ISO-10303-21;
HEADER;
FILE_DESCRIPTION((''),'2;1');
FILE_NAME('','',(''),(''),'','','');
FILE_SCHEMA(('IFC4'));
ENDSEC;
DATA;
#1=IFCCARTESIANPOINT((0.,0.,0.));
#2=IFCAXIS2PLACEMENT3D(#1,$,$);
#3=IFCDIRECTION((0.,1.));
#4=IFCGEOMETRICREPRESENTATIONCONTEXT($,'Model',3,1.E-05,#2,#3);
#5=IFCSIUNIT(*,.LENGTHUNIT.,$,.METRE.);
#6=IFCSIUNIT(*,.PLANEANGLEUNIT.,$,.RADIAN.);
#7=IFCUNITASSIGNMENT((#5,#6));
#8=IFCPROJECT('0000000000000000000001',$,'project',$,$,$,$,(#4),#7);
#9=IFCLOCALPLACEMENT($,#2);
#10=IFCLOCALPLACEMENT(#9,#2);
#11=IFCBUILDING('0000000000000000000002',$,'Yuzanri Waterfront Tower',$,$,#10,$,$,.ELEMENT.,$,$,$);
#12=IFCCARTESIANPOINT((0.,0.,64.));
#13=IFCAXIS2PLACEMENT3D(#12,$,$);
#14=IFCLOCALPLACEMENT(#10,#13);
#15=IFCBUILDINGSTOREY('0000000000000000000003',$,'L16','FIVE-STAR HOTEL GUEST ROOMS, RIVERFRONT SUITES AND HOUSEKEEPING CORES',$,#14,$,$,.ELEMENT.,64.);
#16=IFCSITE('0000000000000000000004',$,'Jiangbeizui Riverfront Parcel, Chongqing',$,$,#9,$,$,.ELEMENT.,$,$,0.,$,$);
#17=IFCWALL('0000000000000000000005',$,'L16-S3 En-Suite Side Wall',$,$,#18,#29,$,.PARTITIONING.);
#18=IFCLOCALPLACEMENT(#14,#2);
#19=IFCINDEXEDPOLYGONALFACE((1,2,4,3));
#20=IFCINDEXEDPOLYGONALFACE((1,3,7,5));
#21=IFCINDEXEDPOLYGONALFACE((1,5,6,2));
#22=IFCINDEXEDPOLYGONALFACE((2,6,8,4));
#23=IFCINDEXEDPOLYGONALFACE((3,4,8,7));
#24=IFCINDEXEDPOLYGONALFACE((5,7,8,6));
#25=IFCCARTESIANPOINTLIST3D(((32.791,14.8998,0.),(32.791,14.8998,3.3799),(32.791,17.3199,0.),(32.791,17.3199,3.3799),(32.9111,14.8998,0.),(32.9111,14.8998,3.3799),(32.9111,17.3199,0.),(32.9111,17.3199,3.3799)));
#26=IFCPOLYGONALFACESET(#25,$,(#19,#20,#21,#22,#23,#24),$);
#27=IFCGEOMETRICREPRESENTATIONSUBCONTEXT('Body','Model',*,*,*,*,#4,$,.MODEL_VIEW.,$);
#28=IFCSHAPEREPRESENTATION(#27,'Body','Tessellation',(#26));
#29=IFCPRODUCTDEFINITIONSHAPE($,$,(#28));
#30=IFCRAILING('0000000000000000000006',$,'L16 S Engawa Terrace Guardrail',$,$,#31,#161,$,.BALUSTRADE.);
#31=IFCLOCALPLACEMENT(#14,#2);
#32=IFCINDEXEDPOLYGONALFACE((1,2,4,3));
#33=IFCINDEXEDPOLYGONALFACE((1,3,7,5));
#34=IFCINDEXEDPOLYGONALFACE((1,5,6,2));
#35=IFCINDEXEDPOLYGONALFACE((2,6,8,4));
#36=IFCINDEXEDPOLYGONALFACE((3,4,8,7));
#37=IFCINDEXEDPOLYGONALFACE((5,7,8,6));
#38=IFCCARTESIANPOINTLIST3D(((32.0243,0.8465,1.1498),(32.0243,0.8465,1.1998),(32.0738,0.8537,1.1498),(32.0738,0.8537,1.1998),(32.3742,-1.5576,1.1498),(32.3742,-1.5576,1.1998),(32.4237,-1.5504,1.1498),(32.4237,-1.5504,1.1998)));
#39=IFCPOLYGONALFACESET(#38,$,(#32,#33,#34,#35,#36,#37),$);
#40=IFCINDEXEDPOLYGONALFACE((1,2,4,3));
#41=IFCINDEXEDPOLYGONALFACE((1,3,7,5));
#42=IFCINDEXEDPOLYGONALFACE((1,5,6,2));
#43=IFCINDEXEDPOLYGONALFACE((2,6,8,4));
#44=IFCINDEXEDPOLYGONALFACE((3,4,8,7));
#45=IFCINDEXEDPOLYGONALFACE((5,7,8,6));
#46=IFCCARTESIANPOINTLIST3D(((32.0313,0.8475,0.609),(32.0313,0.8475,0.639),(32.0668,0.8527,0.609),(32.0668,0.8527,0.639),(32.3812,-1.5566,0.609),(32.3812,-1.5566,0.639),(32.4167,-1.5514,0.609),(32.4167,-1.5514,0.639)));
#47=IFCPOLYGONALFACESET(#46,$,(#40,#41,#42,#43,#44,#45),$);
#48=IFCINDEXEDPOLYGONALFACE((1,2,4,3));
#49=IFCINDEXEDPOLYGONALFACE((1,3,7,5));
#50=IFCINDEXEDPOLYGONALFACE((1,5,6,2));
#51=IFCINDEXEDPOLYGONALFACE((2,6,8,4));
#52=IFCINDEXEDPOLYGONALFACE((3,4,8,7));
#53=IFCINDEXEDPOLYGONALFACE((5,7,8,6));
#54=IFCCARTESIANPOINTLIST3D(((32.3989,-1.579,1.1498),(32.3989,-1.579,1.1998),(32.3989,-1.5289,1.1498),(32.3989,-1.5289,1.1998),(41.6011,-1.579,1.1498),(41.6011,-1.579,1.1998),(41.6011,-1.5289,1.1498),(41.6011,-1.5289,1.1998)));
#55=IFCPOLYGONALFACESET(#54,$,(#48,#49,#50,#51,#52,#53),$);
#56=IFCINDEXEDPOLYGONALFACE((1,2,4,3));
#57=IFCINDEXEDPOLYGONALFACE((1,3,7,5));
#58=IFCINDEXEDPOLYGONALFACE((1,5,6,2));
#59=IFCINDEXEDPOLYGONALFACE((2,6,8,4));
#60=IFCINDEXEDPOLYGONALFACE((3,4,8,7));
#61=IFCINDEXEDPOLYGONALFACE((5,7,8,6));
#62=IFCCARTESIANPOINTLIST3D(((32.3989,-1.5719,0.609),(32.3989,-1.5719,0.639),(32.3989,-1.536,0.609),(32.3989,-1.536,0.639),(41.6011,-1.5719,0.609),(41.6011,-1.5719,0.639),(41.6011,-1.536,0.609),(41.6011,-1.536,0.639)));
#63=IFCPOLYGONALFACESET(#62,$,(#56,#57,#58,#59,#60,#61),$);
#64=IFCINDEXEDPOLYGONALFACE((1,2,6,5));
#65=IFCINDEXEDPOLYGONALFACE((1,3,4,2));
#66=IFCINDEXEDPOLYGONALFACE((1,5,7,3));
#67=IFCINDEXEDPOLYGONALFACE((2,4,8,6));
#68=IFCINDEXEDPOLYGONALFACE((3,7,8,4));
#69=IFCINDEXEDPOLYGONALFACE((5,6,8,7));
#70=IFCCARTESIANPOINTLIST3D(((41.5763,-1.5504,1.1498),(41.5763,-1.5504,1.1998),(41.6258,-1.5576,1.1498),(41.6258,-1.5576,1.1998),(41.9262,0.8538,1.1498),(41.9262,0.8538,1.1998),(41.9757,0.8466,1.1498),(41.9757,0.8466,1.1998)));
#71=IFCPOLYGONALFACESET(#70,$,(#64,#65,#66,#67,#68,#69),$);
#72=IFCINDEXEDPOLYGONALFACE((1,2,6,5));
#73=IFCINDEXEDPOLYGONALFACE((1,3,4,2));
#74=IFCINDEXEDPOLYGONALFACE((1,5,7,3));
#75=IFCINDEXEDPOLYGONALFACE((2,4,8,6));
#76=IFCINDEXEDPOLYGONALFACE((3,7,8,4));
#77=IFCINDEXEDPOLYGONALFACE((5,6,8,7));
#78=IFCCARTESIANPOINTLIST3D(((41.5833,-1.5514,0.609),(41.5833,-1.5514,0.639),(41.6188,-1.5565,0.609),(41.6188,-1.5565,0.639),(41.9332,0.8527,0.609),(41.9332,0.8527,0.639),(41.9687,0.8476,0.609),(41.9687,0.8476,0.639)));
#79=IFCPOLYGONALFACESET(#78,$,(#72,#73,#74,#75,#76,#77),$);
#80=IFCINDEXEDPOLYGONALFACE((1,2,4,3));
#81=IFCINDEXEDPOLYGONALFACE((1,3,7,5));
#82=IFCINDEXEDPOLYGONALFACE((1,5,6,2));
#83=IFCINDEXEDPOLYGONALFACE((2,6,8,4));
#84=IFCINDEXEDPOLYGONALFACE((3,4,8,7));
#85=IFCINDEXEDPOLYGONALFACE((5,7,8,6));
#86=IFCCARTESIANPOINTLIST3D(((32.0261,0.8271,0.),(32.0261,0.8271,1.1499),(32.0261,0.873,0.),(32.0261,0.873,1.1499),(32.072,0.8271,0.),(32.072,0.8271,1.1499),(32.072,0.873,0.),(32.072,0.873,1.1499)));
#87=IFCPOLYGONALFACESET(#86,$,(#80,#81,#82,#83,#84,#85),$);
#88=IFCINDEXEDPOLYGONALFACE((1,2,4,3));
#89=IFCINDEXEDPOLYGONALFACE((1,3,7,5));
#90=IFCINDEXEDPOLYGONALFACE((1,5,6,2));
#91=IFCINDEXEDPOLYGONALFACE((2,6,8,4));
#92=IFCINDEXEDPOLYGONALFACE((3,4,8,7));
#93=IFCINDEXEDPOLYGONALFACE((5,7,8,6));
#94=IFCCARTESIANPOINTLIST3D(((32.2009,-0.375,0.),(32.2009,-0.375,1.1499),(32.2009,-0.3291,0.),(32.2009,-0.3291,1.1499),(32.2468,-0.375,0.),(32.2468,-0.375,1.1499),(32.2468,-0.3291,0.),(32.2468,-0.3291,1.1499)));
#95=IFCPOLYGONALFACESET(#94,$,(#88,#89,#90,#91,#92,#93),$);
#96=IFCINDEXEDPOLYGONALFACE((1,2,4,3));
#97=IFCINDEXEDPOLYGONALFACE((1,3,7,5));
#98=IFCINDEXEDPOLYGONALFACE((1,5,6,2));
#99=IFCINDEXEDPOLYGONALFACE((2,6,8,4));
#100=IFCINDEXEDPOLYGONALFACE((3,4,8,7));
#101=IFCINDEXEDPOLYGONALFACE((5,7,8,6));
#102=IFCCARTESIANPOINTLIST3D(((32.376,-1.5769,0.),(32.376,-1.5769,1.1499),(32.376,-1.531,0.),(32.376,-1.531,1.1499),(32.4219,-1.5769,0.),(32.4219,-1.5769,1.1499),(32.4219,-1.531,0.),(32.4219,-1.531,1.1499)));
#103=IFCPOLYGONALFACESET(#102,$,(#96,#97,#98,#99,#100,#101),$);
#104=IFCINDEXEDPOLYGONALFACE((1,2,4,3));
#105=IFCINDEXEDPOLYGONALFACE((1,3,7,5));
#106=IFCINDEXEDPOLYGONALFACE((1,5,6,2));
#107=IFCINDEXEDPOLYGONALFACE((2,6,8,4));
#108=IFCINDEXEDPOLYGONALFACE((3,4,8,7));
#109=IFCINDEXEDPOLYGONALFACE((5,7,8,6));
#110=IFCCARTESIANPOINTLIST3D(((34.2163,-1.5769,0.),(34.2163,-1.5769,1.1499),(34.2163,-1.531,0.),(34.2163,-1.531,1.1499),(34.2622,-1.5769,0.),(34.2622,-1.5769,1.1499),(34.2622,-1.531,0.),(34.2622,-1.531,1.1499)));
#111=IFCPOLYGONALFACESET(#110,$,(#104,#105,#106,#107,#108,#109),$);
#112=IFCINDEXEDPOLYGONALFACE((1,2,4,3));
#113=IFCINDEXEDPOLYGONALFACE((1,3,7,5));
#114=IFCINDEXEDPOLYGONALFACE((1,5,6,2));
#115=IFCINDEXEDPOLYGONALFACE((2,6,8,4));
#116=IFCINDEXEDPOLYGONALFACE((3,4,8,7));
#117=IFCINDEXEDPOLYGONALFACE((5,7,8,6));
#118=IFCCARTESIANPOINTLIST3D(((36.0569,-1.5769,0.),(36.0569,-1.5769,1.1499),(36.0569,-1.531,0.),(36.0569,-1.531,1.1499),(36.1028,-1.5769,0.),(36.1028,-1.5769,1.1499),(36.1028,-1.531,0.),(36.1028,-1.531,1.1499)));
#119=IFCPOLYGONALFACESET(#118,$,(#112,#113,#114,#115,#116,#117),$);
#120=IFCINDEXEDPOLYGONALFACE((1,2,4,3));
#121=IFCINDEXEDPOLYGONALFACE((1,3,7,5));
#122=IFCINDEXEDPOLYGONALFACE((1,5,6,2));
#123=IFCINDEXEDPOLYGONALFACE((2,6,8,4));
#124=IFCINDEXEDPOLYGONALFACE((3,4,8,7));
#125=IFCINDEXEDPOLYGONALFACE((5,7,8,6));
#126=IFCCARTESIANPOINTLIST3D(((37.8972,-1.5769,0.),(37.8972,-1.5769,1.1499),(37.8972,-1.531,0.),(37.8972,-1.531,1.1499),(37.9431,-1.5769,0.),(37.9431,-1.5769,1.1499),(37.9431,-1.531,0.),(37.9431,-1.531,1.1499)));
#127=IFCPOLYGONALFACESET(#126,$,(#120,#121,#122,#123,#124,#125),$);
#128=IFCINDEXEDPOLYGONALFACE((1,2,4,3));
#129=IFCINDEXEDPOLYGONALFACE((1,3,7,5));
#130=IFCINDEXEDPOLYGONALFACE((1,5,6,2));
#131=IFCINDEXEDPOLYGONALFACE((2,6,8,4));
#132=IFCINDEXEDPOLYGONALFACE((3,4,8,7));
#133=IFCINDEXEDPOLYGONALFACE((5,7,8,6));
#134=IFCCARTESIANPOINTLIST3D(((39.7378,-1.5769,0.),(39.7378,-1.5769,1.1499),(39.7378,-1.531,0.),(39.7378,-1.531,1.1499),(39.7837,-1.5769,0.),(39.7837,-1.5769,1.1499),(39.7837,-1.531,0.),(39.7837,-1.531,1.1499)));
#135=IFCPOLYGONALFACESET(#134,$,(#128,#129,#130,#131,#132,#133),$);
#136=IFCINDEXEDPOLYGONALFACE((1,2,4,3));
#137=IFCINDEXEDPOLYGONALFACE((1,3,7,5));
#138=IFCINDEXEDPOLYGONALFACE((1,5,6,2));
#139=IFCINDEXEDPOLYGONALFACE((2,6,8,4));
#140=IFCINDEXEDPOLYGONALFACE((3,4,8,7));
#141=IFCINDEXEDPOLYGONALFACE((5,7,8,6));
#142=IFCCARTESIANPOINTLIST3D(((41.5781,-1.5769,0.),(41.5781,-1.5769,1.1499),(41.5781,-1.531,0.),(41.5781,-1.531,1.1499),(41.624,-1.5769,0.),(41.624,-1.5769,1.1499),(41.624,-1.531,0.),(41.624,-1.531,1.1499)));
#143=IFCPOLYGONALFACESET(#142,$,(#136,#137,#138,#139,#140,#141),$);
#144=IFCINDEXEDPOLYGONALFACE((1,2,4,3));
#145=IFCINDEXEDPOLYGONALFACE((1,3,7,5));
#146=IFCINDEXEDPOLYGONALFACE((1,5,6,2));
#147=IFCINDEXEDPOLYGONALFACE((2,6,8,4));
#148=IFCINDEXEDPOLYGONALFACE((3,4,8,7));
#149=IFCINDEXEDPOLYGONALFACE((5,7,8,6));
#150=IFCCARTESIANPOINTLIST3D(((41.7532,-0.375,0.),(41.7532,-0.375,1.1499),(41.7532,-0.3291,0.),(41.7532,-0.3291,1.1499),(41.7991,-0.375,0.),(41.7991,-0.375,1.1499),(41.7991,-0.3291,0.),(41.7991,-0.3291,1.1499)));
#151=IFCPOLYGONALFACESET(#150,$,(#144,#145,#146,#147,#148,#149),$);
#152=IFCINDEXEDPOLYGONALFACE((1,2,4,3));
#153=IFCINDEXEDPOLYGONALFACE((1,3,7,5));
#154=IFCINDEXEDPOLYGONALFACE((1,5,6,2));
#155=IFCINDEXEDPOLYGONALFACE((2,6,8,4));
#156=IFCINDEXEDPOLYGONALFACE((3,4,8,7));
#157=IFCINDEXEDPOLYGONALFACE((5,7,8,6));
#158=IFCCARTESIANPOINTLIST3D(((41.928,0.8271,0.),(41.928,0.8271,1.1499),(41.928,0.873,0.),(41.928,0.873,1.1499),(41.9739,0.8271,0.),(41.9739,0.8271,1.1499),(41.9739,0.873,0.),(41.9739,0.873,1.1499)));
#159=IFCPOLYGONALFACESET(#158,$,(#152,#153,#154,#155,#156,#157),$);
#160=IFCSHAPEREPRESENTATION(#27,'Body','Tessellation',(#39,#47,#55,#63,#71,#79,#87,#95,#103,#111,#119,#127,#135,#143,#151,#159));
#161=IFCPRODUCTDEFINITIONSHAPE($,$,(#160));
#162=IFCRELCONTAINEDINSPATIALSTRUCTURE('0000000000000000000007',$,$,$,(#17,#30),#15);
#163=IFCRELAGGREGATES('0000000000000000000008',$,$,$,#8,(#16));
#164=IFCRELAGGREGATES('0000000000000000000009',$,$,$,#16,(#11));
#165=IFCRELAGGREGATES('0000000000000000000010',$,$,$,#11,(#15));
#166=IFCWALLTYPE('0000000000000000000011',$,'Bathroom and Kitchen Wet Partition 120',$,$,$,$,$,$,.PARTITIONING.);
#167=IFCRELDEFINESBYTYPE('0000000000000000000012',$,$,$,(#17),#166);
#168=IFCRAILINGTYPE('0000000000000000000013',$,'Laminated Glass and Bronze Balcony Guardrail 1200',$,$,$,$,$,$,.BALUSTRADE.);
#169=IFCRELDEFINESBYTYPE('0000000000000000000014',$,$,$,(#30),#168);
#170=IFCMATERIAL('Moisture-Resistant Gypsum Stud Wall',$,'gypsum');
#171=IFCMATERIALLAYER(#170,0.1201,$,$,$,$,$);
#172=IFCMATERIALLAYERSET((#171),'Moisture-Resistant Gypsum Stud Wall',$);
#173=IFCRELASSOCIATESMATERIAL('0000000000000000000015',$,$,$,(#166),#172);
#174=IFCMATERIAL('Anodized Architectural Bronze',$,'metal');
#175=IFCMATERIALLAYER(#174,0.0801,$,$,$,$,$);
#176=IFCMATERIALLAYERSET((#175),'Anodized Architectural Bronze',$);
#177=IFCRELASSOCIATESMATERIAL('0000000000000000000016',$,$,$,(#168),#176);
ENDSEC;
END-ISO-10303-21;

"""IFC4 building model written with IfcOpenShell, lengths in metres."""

from ifc_helpers import new_model, si_unit, direction, frame, frame_2d, origin, origin_2d, place, context, subcontext, project, spatial, rectangle, extrude, source, transform, mapped, material, layer, layer_set, type_object, element, save


model = new_model("IFC4")

# Units and contexts
model_context = context("Model", 3, precision=1e-05, world=origin(), true_north=direction((0.0, 1.0)))
body_context = subcontext(model_context, "Body", "Model", "MODEL_VIEW")
ifc_project = project(units=[si_unit("LENGTHUNIT", "METRE"), si_unit("PLANEANGLEUNIT", "RADIAN")], contexts=[model_context])

# Site, building, storey
site_placement = place(None, origin())
site = spatial("IfcSite", under=ifc_project, at=site_placement, Name="Jiangbeizui Riverfront Parcel, Chongqing", CompositionType="ELEMENT", RefElevation=0.0)
building_placement = place(site_placement, origin())
building = spatial("IfcBuilding", under=site, at=building_placement, Name="Yuzanri Waterfront Tower", CompositionType="ELEMENT")
storey_placement = place(building_placement, frame((0.0, 0.0, 64.0)))
storey = spatial("IfcBuildingStorey", under=building, at=storey_placement, Name="L16", Description="FIVE-STAR HOTEL GUEST ROOMS, RIVERFRONT SUITES AND HOUSEKEEPING CORES", CompositionType="ELEMENT", Elevation=64.0)

# Shared definitions
ifc_material_1 = material(Name="Moisture-Resistant Gypsum Stud Wall", Category="gypsum")
ifc_layer_1 = layer(ifc_material_1, 0.1201)
ifc_layer_set_1 = layer_set([ifc_layer_1], Name="Moisture-Resistant Gypsum Stud Wall")
wall_type_1 = type_object("IfcWallType", Name="Bathroom and Kitchen Wet Partition 120", PredefinedType="PARTITIONING", material=ifc_layer_set_1)

# Wall
shared_shape_1 = source(origin(), body_context, "Body", "SweptSolid", [
    extrude(rectangle(XDim=2.4202, YDim=0.1201, at=frame_2d((1.21, 0.0))), origin(), (0.0, 0.0, 1.0), 3.3799),
])
for number, where, z_axis, x_axis, name in (
    (1, (32.8511, 14.8999, 0.0), (0.0, 0.0, 1.0), (0.0, 1.0, 0.0), "L16-S3 En-Suite Side Wall"),
):
    element("IfcWall", number, at=place(storey_placement, frame(where, z_axis=z_axis, x_axis=x_axis)), inside=storey, type_object=wall_type_1, Name=name, PredefinedType="PARTITIONING", context=body_context, shape_type="MappedRepresentation", body=[
        mapped(shared_shape_1, transform((0.0, 0.0, 0.0), scale=1.0)),
    ])

# Railing
ifc_material_2 = material(Name="Anodized Architectural Bronze", Category="metal")
ifc_layer_2 = layer(ifc_material_2, 0.0801)
ifc_layer_set_2 = layer_set([ifc_layer_2], Name="Anodized Architectural Bronze")
railing_type = type_object("IfcRailingType", Name="Laminated Glass and Bronze Balcony Guardrail 1200", PredefinedType="BALUSTRADE", material=ifc_layer_set_2)
shared_shape_2 = source(origin(), body_context, "Body", "SweptSolid", [
    extrude(rectangle(XDim=0.05, YDim=0.05, at=origin_2d()), frame((0.0, 0.0, 1.1748), z_axis=(0.14401, -0.989576, 0.0), x_axis=(0.989576, 0.14401, 0.0)), (0.0, 0.0, 1.0), 2.4294),
    extrude(rectangle(XDim=0.0359, YDim=0.03, at=origin_2d()), frame((0.0, 0.0, 0.624), z_axis=(0.14401, -0.989576, 0.0), x_axis=(0.989576, 0.14401, 0.0)), (0.0, 0.0, 1.0), 2.4294),
    extrude(rectangle(XDim=0.05, YDim=0.05, at=origin_2d()), frame((0.3499, -2.4041, 1.1748), z_axis=(1.0, 0.0, 0.0), x_axis=(0.0, 1.0, 0.0)), (0.0, 0.0, 1.0), 9.2021),
    extrude(rectangle(XDim=0.0359, YDim=0.03, at=origin_2d()), frame((0.3499, -2.4041, 0.624), z_axis=(1.0, 0.0, 0.0), x_axis=(0.0, 1.0, 0.0)), (0.0, 0.0, 1.0), 9.2021),
    extrude(rectangle(XDim=0.05, YDim=0.05, at=origin_2d()), frame((9.552, -2.4041, 1.1748), z_axis=(0.14401, 0.989576, 0.0), x_axis=(-0.989576, 0.14401, 0.0)), (0.0, 0.0, 1.0), 2.4294),
    extrude(rectangle(XDim=0.0359, YDim=0.03, at=origin_2d()), frame((9.552, -2.4041, 0.624), z_axis=(0.14401, 0.989576, 0.0), x_axis=(-0.989576, 0.14401, 0.0)), (0.0, 0.0, 1.0), 2.4294),
    extrude(rectangle(XDim=0.0459, YDim=0.0459, at=origin_2d()), origin(), (0.0, 0.0, 1.0), 1.1499),
    extrude(rectangle(XDim=0.0459, YDim=0.0459, at=origin_2d()), frame((0.1748, -1.2021, 0.0)), (0.0, 0.0, 1.0), 1.1499),
    extrude(rectangle(XDim=0.0459, YDim=0.0459, at=origin_2d()), frame((0.3499, -2.4041, 0.0)), (0.0, 0.0, 1.0), 1.1499),
    extrude(rectangle(XDim=0.0459, YDim=0.0459, at=origin_2d()), frame((2.1902, -2.4041, 0.0)), (0.0, 0.0, 1.0), 1.1499),
    extrude(rectangle(XDim=0.0459, YDim=0.0459, at=origin_2d()), frame((4.0308, -2.4041, 0.0)), (0.0, 0.0, 1.0), 1.1499),
    extrude(rectangle(XDim=0.0459, YDim=0.0459, at=origin_2d()), frame((5.8711, -2.4041, 0.0)), (0.0, 0.0, 1.0), 1.1499),
    extrude(rectangle(XDim=0.0459, YDim=0.0459, at=origin_2d()), frame((7.7117, -2.4041, 0.0)), (0.0, 0.0, 1.0), 1.1499),
    extrude(rectangle(XDim=0.0459, YDim=0.0459, at=origin_2d()), frame((9.552, -2.4041, 0.0)), (0.0, 0.0, 1.0), 1.1499),
    extrude(rectangle(XDim=0.0459, YDim=0.0459, at=origin_2d()), frame((9.7271, -1.2021, 0.0)), (0.0, 0.0, 1.0), 1.1499),
    extrude(rectangle(XDim=0.0459, YDim=0.0459, at=origin_2d()), frame((9.9019, 0.0, 0.0)), (0.0, 0.0, 1.0), 1.1499),
])
railing_placement = place(storey_placement, frame((32.0491, 0.8501, 0.0)))
element("IfcRailing", 2, at=railing_placement, inside=storey, type_object=railing_type, Name="L16 S Engawa Terrace Guardrail", PredefinedType="BALUSTRADE", context=body_context, shape_type="MappedRepresentation", body=[
    mapped(shared_shape_2, transform((0.0, 0.0, 0.0), scale=1.0)),
])

save(model, "model.ifc")
